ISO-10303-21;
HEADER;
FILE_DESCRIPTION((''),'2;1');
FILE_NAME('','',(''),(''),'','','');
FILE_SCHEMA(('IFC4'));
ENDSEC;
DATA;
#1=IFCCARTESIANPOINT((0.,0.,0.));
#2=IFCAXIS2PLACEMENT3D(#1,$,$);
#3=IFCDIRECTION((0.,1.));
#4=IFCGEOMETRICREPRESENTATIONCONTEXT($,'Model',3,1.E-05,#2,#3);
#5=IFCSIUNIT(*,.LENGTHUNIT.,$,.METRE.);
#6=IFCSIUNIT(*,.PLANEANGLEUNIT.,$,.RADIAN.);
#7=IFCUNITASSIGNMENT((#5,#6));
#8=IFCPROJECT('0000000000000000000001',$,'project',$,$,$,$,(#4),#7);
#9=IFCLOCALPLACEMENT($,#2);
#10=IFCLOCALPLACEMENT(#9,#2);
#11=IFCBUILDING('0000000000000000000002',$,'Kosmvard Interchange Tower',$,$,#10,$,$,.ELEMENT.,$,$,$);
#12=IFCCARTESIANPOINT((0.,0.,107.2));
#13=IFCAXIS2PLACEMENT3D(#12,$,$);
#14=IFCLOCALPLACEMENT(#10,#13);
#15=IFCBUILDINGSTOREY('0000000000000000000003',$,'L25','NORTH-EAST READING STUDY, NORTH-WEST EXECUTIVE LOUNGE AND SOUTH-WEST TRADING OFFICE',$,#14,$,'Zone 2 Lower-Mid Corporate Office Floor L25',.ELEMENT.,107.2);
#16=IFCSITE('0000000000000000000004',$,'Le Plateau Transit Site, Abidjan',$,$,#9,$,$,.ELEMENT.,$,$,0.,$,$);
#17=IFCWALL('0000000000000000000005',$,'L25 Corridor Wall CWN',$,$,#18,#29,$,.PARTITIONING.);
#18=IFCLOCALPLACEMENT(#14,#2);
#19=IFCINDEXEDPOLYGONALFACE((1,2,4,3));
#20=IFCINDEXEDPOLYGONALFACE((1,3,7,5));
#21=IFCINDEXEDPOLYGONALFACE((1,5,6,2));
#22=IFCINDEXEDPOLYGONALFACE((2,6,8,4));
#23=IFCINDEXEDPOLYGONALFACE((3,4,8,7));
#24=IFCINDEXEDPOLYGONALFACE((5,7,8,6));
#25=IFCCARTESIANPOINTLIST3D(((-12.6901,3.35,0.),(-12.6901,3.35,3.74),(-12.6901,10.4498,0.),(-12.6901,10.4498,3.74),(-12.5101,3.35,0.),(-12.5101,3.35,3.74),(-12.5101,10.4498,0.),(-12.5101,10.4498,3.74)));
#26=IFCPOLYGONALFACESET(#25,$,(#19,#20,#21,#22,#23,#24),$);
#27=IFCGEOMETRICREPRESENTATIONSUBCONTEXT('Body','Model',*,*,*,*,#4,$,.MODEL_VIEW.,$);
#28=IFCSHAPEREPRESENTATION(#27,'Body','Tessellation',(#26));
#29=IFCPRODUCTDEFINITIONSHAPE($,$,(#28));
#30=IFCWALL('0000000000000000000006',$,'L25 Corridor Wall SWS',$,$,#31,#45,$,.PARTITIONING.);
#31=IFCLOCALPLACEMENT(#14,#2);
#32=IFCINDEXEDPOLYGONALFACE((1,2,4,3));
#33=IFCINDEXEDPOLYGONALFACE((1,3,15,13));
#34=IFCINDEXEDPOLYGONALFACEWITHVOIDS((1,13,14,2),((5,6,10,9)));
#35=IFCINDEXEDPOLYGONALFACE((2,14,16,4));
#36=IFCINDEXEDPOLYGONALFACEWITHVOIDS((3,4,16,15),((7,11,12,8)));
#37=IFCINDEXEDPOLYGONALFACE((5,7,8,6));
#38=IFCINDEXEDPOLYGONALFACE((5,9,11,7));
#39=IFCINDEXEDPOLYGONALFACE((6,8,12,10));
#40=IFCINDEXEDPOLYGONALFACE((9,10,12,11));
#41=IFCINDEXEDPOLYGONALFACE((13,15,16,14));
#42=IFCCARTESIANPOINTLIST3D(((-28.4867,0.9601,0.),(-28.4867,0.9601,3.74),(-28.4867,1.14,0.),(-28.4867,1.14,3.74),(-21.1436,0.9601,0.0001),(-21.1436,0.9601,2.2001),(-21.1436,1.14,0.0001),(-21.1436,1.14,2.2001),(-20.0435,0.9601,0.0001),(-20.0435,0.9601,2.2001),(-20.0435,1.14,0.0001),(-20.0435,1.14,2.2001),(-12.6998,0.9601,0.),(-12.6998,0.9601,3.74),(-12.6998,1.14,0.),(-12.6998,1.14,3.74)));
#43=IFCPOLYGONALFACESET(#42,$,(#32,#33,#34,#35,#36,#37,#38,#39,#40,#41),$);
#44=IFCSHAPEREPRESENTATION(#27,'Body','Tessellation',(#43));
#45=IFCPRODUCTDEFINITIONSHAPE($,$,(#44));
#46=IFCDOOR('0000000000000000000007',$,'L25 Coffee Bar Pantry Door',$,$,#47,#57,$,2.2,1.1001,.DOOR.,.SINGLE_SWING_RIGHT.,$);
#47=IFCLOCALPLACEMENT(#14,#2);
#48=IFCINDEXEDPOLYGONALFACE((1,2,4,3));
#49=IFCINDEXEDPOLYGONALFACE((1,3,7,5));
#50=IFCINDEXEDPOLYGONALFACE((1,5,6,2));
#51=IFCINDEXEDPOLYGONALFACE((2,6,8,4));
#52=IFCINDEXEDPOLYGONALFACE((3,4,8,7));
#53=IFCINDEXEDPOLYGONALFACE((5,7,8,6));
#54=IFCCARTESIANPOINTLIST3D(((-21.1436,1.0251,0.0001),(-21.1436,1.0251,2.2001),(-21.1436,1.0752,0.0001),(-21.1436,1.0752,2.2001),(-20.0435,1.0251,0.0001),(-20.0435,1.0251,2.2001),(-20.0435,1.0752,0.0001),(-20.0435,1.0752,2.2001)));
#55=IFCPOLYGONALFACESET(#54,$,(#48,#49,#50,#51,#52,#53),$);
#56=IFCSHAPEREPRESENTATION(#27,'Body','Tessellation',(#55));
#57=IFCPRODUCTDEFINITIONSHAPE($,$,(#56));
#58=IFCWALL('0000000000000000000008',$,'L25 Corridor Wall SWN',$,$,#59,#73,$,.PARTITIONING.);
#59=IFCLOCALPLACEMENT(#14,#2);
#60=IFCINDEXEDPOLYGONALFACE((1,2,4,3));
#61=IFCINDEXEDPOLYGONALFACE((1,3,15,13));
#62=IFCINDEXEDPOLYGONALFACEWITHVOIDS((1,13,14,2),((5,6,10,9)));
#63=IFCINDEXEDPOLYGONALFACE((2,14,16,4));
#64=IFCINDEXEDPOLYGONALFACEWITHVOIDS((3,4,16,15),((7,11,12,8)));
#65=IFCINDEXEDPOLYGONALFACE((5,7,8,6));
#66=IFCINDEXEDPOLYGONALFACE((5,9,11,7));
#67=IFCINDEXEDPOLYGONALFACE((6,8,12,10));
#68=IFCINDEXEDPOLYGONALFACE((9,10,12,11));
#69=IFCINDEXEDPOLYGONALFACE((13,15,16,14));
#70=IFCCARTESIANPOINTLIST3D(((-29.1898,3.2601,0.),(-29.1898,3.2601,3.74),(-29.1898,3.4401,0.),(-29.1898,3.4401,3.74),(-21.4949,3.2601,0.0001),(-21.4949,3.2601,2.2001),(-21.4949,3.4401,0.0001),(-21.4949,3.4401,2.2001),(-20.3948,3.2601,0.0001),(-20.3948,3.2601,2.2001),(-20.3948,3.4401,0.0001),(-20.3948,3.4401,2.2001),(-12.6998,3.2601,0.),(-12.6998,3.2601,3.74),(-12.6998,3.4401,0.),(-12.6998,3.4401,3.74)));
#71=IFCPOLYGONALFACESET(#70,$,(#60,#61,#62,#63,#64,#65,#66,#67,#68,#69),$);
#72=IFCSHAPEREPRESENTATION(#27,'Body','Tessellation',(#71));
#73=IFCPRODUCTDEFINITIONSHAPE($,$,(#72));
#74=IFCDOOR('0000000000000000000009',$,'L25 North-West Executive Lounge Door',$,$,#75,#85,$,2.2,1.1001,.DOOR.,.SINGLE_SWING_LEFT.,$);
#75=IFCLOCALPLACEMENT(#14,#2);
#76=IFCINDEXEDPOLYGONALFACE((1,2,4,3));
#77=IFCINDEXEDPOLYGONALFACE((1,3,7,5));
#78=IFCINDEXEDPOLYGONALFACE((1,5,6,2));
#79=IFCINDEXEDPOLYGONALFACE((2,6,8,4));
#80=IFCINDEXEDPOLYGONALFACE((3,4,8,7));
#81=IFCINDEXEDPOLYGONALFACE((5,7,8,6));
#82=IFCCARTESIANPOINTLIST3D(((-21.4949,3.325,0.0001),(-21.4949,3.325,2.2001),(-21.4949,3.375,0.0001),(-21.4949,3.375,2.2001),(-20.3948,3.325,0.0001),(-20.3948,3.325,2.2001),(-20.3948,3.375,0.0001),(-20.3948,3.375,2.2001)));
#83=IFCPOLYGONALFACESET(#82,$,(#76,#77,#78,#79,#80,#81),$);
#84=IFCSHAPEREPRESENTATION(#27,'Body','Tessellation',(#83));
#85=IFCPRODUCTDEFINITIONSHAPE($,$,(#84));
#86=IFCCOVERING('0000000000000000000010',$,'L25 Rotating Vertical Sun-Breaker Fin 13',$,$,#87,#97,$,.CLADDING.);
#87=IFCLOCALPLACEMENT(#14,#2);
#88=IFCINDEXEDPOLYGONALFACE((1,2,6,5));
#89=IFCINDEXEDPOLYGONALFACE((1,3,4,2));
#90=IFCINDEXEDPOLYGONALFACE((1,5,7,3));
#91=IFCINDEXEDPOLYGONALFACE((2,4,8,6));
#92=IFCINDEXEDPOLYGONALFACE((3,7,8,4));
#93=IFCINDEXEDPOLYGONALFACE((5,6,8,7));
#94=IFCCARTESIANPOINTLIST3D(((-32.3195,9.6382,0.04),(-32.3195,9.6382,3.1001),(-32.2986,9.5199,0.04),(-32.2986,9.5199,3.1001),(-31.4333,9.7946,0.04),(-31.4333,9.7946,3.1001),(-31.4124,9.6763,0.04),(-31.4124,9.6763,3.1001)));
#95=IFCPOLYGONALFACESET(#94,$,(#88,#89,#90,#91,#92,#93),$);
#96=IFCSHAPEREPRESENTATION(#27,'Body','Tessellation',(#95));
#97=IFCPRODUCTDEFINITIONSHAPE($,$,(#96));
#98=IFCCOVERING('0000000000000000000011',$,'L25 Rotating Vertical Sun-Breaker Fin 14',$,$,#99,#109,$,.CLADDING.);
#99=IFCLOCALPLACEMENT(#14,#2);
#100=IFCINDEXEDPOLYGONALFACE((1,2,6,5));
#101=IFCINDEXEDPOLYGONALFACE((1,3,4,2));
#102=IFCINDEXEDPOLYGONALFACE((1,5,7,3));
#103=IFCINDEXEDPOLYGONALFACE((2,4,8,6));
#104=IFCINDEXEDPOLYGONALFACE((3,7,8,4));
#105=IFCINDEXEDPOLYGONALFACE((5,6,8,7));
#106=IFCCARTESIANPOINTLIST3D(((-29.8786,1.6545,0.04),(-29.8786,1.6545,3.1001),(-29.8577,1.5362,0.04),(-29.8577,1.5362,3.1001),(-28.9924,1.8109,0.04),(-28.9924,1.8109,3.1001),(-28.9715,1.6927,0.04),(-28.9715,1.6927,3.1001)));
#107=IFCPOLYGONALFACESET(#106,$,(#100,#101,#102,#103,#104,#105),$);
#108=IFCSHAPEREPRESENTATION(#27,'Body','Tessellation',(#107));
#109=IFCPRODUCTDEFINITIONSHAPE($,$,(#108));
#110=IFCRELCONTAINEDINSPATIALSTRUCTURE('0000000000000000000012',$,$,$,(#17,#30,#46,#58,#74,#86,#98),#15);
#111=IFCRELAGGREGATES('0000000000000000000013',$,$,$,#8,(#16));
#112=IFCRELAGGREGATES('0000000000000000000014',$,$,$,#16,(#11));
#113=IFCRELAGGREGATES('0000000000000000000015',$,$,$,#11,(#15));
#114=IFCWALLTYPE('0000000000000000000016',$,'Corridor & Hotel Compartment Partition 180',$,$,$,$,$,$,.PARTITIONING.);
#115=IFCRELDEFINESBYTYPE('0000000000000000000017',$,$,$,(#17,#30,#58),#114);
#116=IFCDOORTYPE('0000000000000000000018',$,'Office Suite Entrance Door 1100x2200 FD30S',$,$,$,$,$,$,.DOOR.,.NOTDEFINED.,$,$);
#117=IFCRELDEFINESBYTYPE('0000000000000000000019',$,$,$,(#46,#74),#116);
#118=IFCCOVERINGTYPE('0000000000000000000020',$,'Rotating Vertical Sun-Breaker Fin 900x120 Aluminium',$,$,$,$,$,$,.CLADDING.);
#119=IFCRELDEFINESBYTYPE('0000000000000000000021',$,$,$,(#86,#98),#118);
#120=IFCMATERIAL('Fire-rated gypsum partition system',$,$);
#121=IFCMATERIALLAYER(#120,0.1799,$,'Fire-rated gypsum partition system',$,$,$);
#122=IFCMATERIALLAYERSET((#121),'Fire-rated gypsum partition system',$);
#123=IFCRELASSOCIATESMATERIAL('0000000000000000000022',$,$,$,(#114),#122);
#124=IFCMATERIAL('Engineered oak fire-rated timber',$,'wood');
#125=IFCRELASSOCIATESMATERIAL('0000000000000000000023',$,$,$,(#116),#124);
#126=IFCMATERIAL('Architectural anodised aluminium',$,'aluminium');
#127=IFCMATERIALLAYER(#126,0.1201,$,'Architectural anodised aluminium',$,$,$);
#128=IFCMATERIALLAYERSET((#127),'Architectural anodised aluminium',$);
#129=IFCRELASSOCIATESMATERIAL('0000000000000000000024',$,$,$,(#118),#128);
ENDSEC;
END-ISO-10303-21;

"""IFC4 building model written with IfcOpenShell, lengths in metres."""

from ifc_helpers import new_model, si_unit, direction, frame, frame_2d, origin, origin_2d, place, context, subcontext, project, spatial, rectangle, extrude, source, transform, mapped, material, layer, layer_set, type_object, element, fill, save


model = new_model("IFC4")

# Units and contexts
model_context = context("Model", 3, precision=1e-05, world=origin(), true_north=direction((0.0, 1.0)))
body_context = subcontext(model_context, "Body", "Model", "MODEL_VIEW")
ifc_project = project(units=[si_unit("LENGTHUNIT", "METRE"), si_unit("PLANEANGLEUNIT", "RADIAN")], contexts=[model_context])

# Site, building, storey
site_placement = place(None, origin())
site = spatial("IfcSite", under=ifc_project, at=site_placement, Name="Le Plateau Transit Site, Abidjan", CompositionType="ELEMENT", RefElevation=0.0)
building_placement = place(site_placement, origin())
building = spatial("IfcBuilding", under=site, at=building_placement, Name="Kosmvard Interchange Tower", CompositionType="ELEMENT")
storey_placement = place(building_placement, frame((0.0, 0.0, 107.2)))
storey = spatial("IfcBuildingStorey", under=building, at=storey_placement, Name="L25", Description="NORTH-EAST READING STUDY, NORTH-WEST EXECUTIVE LOUNGE AND SOUTH-WEST TRADING OFFICE", LongName="Zone 2 Lower-Mid Corporate Office Floor L25", CompositionType="ELEMENT", Elevation=107.2)

# Shared definitions
ifc_material_1 = material(Name="Fire-rated gypsum partition system")
ifc_layer_1 = layer(ifc_material_1, 0.1799, Name="Fire-rated gypsum partition system")
ifc_layer_set_1 = layer_set([ifc_layer_1], Name="Fire-rated gypsum partition system")
wall_type = type_object("IfcWallType", Name="Corridor & Hotel Compartment Partition 180", PredefinedType="PARTITIONING", material=ifc_layer_set_1)
ifc_material_2 = material(Name="Engineered oak fire-rated timber", Category="wood")
door_type_1 = type_object("IfcDoorType", Name="Office Suite Entrance Door 1100x2200 FD30S", OperationType="NOTDEFINED", PredefinedType="DOOR", material=ifc_material_2)
shared_shape_1 = source(origin(), body_context, "Body", "SweptSolid", [
    extrude(rectangle(XDim=1.1001, YDim=2.2, at=frame_2d((0.55, 1.1001))), frame((0.0, 0.0249, 0.0), z_axis=(0.0, -1.0, 0.0), x_axis=(1.0, 0.0, 0.0)), (0.0, 0.0, 1.0), 0.05),
])

# Wall
wall_1_placement = place(storey_placement, frame((-12.6001, 3.3501, 0.0), z_axis=(0.0, 0.0, 1.0), x_axis=(0.0, 1.0, 0.0)))
element("IfcWall", 1, at=wall_1_placement, inside=storey, type_object=wall_type, Name="L25 Corridor Wall CWN", PredefinedType="PARTITIONING", context=body_context, shape_type="SweptSolid", body=[
    extrude(rectangle(XDim=7.0999, YDim=0.1799, at=frame_2d((3.5498, 0.0))), origin(), (0.0, 0.0, 1.0), 3.74),
])

# Walls, openings, doors
wall_2_placement = place(storey_placement, frame((-28.4868, 1.05, 0.0), z_axis=(0.0, 0.0, 1.0), x_axis=(1.0, 0.0, 0.0)))
wall_2 = element("IfcWall", 2, at=wall_2_placement, inside=storey, type_object=wall_type, Name="L25 Corridor Wall SWS", PredefinedType="PARTITIONING", context=body_context, shape_type="SweptSolid", body=[
    extrude(rectangle(XDim=15.7869, YDim=0.1799, at=frame_2d((7.8936, 0.0))), origin(), (0.0, 0.0, 1.0), 3.74),
])
opening_1_placement = place(wall_2_placement, frame((7.3433, 0.0, 0.0)))
opening_1 = element("IfcOpeningElement", 3, at=opening_1_placement, cuts=wall_2, PredefinedType="OPENING", context=body_context, shape_type="SweptSolid", body=[
    extrude(rectangle(XDim=1.1001, YDim=2.2, at=frame_2d((0.55, 1.1001))), frame((0.0, 0.1001, 0.0), z_axis=(0.0, -1.0, 0.0), x_axis=(1.0, 0.0, 0.0)), (0.0, 0.0, 1.0), 0.2),
])
door_1_placement = place(opening_1_placement, frame((1.1001, 0.0, 0.0), z_axis=(0.0, 0.0, 1.0), x_axis=(-1.0, 0.0, 0.0)))
door_1 = element("IfcDoor", 4, at=door_1_placement, inside=storey, type_object=door_type_1, Name="L25 Coffee Bar Pantry Door", OperationType="SINGLE_SWING_RIGHT", OverallHeight=2.2, OverallWidth=1.1001, PredefinedType="DOOR", context=body_context, shape_type="MappedRepresentation", body=[
    mapped(shared_shape_1, transform((0.0, 0.0, 0.0), scale=1.0)),
])
fill(opening_1, door_1)
wall_3_placement = place(storey_placement, frame((-29.1899, 3.3501, 0.0), z_axis=(0.0, 0.0, 1.0), x_axis=(1.0, 0.0, 0.0)))
wall_3 = element("IfcWall", 5, at=wall_3_placement, inside=storey, type_object=wall_type, Name="L25 Corridor Wall SWN", PredefinedType="PARTITIONING", context=body_context, shape_type="SweptSolid", body=[
    extrude(rectangle(XDim=16.49, YDim=0.1799, at=frame_2d((8.2451, 0.0))), origin(), (0.0, 0.0, 1.0), 3.74),
])
opening_2_placement = place(wall_3_placement, frame((7.6951, 0.0, 0.0)))
opening_2 = element("IfcOpeningElement", 6, at=opening_2_placement, cuts=wall_3, PredefinedType="OPENING", context=body_context, shape_type="SweptSolid", body=[
    extrude(rectangle(XDim=1.1001, YDim=2.2, at=frame_2d((0.55, 1.1001))), frame((0.0, 0.1001, 0.0), z_axis=(0.0, -1.0, 0.0), x_axis=(1.0, 0.0, 0.0)), (0.0, 0.0, 1.0), 0.2),
])
door_2_placement = place(opening_2_placement, origin())
door_2 = element("IfcDoor", 7, at=door_2_placement, inside=storey, type_object=door_type_1, Name="L25 North-West Executive Lounge Door", OperationType="SINGLE_SWING_LEFT", OverallHeight=2.2, OverallWidth=1.1001, PredefinedType="DOOR", context=body_context, shape_type="MappedRepresentation", body=[
    mapped(shared_shape_1, transform((0.0, 0.0, 0.0), scale=1.0)),
])
fill(opening_2, door_2)

# Coverings
ifc_material_3 = material(Name="Architectural anodised aluminium", Category="aluminium")
ifc_layer_2 = layer(ifc_material_3, 0.1201, Name="Architectural anodised aluminium")
ifc_layer_set_2 = layer_set([ifc_layer_2], Name="Architectural anodised aluminium")
covering_type = type_object("IfcCoveringType", Name="Rotating Vertical Sun-Breaker Fin 900x120 Aluminium", PredefinedType="CLADDING", material=ifc_layer_set_2)
shared_shape_2 = source(origin(), body_context, "Body", "SweptSolid", [
    extrude(rectangle(XDim=0.8999, YDim=0.1201, at=origin_2d()), origin(), (0.0, 0.0, 1.0), 3.0601),
])
for number, where, z_axis, x_axis, name in (
    (8, (-31.866, 9.6572, 0.04), (0.0, 0.0, 1.0), (-0.984777, -0.17382, 0.0), "L25 Rotating Vertical Sun-Breaker Fin 13"),
    (9, (-29.425, 1.6736, 0.04), (0.0, 0.0, 1.0), (-0.984777, -0.17382, 0.0), "L25 Rotating Vertical Sun-Breaker Fin 14"),
):
    element("IfcCovering", number, at=place(storey_placement, frame(where, z_axis=z_axis, x_axis=x_axis)), inside=storey, type_object=covering_type, Name=name, PredefinedType="CLADDING", context=body_context, shape_type="MappedRepresentation", body=[
        mapped(shared_shape_2, transform((0.0, 0.0, 0.0), scale=1.0)),
    ])

save(model, "model.ifc")
